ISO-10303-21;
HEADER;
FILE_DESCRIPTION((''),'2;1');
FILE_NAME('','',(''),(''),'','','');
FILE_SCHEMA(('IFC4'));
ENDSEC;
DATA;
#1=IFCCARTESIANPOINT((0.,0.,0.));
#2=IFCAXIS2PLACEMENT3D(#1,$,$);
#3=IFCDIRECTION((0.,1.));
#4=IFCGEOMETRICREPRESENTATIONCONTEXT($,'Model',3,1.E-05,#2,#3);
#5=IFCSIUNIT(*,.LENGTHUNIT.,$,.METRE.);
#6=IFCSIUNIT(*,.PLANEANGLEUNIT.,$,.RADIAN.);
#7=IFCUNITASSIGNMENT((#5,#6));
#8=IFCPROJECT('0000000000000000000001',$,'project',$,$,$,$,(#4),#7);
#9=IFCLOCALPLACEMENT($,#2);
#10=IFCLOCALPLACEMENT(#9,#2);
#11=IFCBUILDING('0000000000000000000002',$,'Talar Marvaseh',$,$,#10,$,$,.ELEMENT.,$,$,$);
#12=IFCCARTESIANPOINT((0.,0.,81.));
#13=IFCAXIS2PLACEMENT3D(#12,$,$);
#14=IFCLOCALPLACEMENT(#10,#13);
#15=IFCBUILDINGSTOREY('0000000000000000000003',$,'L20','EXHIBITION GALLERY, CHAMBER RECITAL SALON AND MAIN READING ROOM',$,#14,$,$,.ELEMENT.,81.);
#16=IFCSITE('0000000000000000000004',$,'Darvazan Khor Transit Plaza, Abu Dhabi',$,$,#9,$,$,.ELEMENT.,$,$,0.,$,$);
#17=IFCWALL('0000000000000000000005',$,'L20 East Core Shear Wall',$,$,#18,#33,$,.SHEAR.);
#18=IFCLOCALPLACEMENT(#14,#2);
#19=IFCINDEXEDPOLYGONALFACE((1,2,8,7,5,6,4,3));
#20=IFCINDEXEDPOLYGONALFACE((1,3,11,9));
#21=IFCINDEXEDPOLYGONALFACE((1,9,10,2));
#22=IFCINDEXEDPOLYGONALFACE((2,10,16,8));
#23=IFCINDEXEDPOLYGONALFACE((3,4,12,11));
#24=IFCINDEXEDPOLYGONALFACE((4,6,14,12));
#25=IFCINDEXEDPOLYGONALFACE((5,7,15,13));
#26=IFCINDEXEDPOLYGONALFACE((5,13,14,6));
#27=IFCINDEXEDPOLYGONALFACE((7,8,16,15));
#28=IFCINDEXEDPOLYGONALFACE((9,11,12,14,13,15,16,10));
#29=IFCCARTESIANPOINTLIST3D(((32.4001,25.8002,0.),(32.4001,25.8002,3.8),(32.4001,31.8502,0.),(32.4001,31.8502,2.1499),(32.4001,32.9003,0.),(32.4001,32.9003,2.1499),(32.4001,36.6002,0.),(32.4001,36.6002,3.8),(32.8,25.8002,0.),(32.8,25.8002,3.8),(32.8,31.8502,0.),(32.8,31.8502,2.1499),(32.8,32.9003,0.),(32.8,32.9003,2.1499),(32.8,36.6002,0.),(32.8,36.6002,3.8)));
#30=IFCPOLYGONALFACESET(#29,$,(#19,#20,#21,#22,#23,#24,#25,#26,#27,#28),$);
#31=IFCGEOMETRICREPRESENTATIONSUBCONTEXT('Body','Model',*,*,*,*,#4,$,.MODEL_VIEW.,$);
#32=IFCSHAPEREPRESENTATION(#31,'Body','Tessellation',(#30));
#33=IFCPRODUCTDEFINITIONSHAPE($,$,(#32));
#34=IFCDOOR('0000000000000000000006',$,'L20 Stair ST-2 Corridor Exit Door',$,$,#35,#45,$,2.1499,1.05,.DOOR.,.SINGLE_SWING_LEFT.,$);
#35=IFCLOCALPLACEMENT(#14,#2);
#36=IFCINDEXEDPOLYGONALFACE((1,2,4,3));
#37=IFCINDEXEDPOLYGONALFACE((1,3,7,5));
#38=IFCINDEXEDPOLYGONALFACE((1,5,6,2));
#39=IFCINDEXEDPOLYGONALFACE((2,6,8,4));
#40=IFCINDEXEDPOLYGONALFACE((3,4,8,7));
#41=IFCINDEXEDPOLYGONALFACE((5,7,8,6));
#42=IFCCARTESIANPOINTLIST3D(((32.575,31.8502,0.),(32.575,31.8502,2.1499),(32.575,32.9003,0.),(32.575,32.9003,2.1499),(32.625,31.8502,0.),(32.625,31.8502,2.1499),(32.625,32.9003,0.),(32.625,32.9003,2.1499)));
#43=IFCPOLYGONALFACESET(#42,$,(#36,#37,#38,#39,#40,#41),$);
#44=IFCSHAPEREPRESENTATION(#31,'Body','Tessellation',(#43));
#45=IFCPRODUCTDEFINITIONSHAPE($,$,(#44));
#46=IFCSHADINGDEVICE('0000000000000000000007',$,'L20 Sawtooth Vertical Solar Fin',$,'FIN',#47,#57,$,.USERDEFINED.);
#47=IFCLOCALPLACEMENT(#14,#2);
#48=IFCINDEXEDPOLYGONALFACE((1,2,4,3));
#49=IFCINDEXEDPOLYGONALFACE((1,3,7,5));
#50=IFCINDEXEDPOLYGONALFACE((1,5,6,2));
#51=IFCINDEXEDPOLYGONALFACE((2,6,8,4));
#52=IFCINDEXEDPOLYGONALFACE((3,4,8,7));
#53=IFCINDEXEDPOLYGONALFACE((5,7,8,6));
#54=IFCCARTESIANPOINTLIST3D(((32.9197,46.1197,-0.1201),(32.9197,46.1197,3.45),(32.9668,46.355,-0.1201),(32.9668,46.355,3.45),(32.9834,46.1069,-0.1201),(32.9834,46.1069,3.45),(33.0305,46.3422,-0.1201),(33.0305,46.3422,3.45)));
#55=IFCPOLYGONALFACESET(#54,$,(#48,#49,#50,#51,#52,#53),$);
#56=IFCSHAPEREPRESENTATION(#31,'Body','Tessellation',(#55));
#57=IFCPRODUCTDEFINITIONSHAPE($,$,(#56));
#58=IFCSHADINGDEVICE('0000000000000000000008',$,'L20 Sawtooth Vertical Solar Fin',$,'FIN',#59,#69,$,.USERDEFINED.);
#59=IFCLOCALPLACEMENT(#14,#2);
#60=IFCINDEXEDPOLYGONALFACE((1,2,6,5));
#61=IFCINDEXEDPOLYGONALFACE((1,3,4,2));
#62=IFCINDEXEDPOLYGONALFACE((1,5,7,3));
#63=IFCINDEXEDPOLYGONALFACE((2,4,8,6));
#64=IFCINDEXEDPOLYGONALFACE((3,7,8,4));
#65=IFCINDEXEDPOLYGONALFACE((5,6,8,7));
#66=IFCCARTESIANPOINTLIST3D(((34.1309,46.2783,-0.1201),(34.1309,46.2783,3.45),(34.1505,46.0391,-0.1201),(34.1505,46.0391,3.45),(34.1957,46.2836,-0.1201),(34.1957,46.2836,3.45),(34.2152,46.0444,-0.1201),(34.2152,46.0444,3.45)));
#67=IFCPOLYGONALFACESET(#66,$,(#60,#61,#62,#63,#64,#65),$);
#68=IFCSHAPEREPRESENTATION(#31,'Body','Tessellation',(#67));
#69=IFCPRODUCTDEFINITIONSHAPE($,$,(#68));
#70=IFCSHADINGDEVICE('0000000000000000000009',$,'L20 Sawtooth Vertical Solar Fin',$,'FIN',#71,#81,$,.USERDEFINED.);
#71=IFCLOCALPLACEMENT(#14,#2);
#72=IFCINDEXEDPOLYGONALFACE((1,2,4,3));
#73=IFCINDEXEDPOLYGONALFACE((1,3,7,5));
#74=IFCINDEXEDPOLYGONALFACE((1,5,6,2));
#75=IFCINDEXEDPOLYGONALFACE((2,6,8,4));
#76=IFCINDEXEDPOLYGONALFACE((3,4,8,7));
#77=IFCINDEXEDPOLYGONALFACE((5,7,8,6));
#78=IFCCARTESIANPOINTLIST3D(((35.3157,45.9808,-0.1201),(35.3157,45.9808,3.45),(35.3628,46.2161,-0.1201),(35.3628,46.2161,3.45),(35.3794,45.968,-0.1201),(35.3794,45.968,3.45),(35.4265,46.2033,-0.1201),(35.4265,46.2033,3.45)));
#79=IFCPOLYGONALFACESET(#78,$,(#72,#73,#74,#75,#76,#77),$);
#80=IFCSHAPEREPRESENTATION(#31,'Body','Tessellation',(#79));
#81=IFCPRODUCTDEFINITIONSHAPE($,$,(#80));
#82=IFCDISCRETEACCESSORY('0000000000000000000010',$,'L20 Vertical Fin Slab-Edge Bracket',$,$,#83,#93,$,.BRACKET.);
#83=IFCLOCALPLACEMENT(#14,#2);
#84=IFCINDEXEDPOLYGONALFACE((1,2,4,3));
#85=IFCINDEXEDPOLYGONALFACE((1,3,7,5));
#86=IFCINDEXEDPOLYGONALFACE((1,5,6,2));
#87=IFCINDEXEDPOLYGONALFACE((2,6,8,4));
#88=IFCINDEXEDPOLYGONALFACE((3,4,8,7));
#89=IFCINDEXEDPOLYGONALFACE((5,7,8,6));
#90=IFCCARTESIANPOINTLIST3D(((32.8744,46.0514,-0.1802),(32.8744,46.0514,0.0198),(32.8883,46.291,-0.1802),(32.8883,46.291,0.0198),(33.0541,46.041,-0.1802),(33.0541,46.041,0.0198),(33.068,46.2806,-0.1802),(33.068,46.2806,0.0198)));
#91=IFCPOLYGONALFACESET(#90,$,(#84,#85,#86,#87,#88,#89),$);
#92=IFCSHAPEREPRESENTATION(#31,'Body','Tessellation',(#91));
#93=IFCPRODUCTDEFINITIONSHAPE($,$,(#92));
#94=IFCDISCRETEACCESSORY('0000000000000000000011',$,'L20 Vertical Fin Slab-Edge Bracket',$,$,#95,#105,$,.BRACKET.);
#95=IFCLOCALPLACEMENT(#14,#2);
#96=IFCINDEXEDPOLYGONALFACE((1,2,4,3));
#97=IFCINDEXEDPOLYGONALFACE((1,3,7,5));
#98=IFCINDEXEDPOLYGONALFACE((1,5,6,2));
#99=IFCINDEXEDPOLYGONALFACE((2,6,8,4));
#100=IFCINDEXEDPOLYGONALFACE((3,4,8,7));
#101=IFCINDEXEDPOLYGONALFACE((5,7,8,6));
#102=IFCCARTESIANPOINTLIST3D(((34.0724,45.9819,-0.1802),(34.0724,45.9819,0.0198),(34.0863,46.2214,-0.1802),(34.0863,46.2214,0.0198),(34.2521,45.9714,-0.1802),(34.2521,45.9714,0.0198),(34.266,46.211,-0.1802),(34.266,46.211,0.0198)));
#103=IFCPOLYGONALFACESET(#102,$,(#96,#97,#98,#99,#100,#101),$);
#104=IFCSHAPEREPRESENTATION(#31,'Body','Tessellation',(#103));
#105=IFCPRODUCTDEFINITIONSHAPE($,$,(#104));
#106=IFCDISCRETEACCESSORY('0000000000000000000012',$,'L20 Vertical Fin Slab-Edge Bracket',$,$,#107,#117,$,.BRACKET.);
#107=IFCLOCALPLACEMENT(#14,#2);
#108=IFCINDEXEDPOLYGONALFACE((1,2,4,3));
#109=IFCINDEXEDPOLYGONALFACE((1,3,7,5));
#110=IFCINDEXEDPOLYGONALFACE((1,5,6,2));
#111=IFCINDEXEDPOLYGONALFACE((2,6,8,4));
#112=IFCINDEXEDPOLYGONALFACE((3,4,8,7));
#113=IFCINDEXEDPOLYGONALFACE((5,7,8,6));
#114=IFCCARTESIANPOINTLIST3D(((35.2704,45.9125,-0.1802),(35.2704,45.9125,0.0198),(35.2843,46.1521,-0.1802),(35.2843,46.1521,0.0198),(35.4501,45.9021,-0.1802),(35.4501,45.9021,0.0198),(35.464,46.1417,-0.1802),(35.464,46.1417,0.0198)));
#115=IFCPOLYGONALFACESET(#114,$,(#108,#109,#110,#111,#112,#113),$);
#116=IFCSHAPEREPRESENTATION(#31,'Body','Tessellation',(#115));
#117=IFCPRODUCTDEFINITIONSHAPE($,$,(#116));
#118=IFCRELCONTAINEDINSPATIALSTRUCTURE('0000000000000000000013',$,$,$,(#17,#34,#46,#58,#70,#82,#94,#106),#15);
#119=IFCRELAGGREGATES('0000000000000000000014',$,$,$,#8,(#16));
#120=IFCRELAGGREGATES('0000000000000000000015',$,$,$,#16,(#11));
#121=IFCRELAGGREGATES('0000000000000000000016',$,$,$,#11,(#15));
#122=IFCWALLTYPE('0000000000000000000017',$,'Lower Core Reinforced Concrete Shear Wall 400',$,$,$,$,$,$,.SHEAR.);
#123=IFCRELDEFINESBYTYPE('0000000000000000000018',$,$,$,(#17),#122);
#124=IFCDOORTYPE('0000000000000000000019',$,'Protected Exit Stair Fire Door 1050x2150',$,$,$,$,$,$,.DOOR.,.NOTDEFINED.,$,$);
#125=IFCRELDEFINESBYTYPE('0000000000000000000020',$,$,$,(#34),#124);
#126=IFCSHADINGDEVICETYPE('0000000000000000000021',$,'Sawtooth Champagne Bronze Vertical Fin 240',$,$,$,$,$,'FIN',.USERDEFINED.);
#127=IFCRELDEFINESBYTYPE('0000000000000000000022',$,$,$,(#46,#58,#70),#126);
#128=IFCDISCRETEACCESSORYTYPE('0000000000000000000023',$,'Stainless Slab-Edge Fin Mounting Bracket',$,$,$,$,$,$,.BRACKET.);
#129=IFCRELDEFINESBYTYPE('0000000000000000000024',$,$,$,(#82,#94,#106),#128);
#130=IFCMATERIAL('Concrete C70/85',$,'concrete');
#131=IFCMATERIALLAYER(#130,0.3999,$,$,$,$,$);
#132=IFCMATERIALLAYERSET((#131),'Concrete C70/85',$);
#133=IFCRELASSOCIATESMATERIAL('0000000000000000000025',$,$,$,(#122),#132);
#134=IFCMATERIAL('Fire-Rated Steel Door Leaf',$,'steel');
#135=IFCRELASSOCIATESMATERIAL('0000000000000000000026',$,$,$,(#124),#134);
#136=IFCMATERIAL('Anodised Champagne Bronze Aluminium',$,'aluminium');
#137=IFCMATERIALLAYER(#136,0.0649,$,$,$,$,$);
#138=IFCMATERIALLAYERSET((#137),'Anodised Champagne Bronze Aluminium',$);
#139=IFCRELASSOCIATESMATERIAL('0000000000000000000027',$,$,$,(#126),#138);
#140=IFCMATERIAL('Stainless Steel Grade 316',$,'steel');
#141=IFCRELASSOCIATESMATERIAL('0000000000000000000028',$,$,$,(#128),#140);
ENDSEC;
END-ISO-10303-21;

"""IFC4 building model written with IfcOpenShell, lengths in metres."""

from ifc_helpers import new_model, si_unit, direction, frame, frame_2d, origin, origin_2d, place, context, subcontext, project, spatial, rectangle, extrude, source, transform, mapped, material, layer, layer_set, type_object, type_shapes, element, fill, save


model = new_model("IFC4")

# Units and contexts
model_context = context("Model", 3, precision=1e-05, world=origin(), true_north=direction((0.0, 1.0)))
body_context = subcontext(model_context, "Body", "Model", "MODEL_VIEW")
ifc_project = project(units=[si_unit("LENGTHUNIT", "METRE"), si_unit("PLANEANGLEUNIT", "RADIAN")], contexts=[model_context])

# Site, building, storey
site_placement = place(None, origin())
site = spatial("IfcSite", under=ifc_project, at=site_placement, Name="Darvazan Khor Transit Plaza, Abu Dhabi", CompositionType="ELEMENT", RefElevation=0.0)
building_placement = place(site_placement, origin())
building = spatial("IfcBuilding", under=site, at=building_placement, Name="Talar Marvaseh", CompositionType="ELEMENT")
storey_placement = place(building_placement, frame((0.0, 0.0, 81.0)))
storey = spatial("IfcBuildingStorey", under=building, at=storey_placement, Name="L20", Description="EXHIBITION GALLERY, CHAMBER RECITAL SALON AND MAIN READING ROOM", CompositionType="ELEMENT", Elevation=81.0)

# Shared definitions
ifc_material_1 = material(Name="Concrete C70/85", Category="concrete")

# Wall, opening, door
ifc_layer_1 = layer(ifc_material_1, 0.3999)
ifc_layer_set_1 = layer_set([ifc_layer_1], Name="Concrete C70/85")
wall_type_1 = type_object("IfcWallType", Name="Lower Core Reinforced Concrete Shear Wall 400", PredefinedType="SHEAR", material=ifc_layer_set_1)
wall_1_placement = place(storey_placement, frame((32.6001, 36.6001, 0.0), z_axis=(0.0, 0.0, 1.0), x_axis=(0.0, -1.0, 0.0)))
wall_1 = element("IfcWall", 1, at=wall_1_placement, inside=storey, type_object=wall_type_1, Name="L20 East Core Shear Wall", PredefinedType="SHEAR", context=body_context, shape_type="SweptSolid", body=[
    extrude(rectangle(XDim=10.8, YDim=0.3999, at=frame_2d((5.3999, 0.0))), origin(), (0.0, 0.0, 1.0), 3.8),
])
opening_1_placement = place(wall_1_placement, frame((3.7, 0.0, 0.0)))
opening_1 = element("IfcOpeningElement", 2, at=opening_1_placement, cuts=wall_1, PredefinedType="OPENING", context=body_context, shape_type="SweptSolid", body=[
    extrude(rectangle(XDim=1.05, YDim=2.1499, at=frame_2d((0.5249, 1.075))), frame((0.0, 0.21, 0.0), z_axis=(0.0, -1.0, 0.0), x_axis=(1.0, 0.0, 0.0)), (0.0, 0.0, 1.0), 0.4199),
])
ifc_material_2 = material(Name="Fire-Rated Steel Door Leaf", Category="steel")
door_type_1 = type_object("IfcDoorType", Name="Protected Exit Stair Fire Door 1050x2150", OperationType="NOTDEFINED", PredefinedType="DOOR", material=ifc_material_2)
shared_shape_1 = source(origin(), body_context, "Body", "SweptSolid", [
    extrude(rectangle(XDim=1.05, YDim=2.1499, at=frame_2d((0.5249, 1.075))), frame((0.0, 0.0249, 0.0), z_axis=(0.0, -1.0, 0.0), x_axis=(1.0, 0.0, 0.0)), (0.0, 0.0, 1.0), 0.05),
])
type_shapes(door_type_1, [shared_shape_1])
door_1_placement = place(opening_1_placement, origin())
door_1 = element("IfcDoor", 3, at=door_1_placement, inside=storey, type_object=door_type_1, Name="L20 Stair ST-2 Corridor Exit Door", OperationType="SINGLE_SWING_LEFT", OverallHeight=2.1499, OverallWidth=1.05, PredefinedType="DOOR", context=body_context, shape_type="MappedRepresentation", body=[
    mapped(shared_shape_1, transform((0.0, 0.0, 0.0), x_axis=(1.0, 0.0, 0.0), y_axis=(0.0, 1.0, 0.0), z_axis=(0.0, 0.0, 1.0), scale=1.0)),
])
fill(opening_1, door_1)

# Shading devices
ifc_material_3 = material(Name="Anodised Champagne Bronze Aluminium", Category="aluminium")
ifc_layer_2 = layer(ifc_material_3, 0.0649)
ifc_layer_set_2 = layer_set([ifc_layer_2], Name="Anodised Champagne Bronze Aluminium")
shading_device_type = type_object("IfcShadingDeviceType", Name="Sawtooth Champagne Bronze Vertical Fin 240", ElementType="FIN", PredefinedType="USERDEFINED", material=ifc_layer_set_2)
shared_shape_2 = source(origin(), body_context, "Body", "SweptSolid", [
    extrude(rectangle(XDim=0.24, YDim=0.0649, at=origin_2d()), origin(), (0.0, 0.0, 1.0), 3.5701),
])
type_shapes(shading_device_type, [shared_shape_2])
for number, where, z_axis, x_axis, name in (
    (4, (32.9751, 46.231, -0.1201), (0.0, 0.0, 1.0), (0.196288, 0.980546, 0.0), "L20 Sawtooth Vertical Solar Fin"),
    (5, (34.1731, 46.1614, -0.1201), (0.0, 0.0, 1.0), (-0.081591, 0.996666, 0.0), "L20 Sawtooth Vertical Solar Fin"),
    (6, (35.3711, 46.092, -0.1201), (0.0, 0.0, 1.0), (0.196288, 0.980546, 0.0), "L20 Sawtooth Vertical Solar Fin"),
):
    element("IfcShadingDevice", number, at=place(storey_placement, frame(where, z_axis=z_axis, x_axis=x_axis)), inside=storey, type_object=shading_device_type, Name=name, ObjectType="FIN", PredefinedType="USERDEFINED", context=body_context, shape_type="MappedRepresentation", body=[
        mapped(shared_shape_2, transform((0.0, 0.0, 0.0), x_axis=(1.0, 0.0, 0.0), y_axis=(0.0, 1.0, 0.0), z_axis=(0.0, 0.0, 1.0), scale=1.0)),
    ])

# Discrete accessories
ifc_material_4 = material(Name="Stainless Steel Grade 316", Category="steel")
discrete_accessory_type = type_object("IfcDiscreteAccessoryType", Name="Stainless Slab-Edge Fin Mounting Bracket", PredefinedType="BRACKET", material=ifc_material_4)
shared_shape_3 = source(origin(), body_context, "Body", "SweptSolid", [
    extrude(rectangle(XDim=0.24, YDim=0.1799, at=origin_2d()), origin(), (0.0, 0.0, 1.0), 0.2),
])
type_shapes(discrete_accessory_type, [shared_shape_3])
for number, where, z_axis, x_axis, name in (
    (7, (32.9712, 46.166, -0.1802), (0.0, 0.0, 1.0), (0.057913, 0.998322, 0.0), "L20 Vertical Fin Slab-Edge Bracket"),
    (8, (34.1692, 46.0964, -0.1802), (0.0, 0.0, 1.0), (0.057913, 0.998322, 0.0), "L20 Vertical Fin Slab-Edge Bracket"),
    (9, (35.3672, 46.0271, -0.1802), (0.0, 0.0, 1.0), (0.057913, 0.998322, 0.0), "L20 Vertical Fin Slab-Edge Bracket"),
):
    element("IfcDiscreteAccessory", number, at=place(storey_placement, frame(where, z_axis=z_axis, x_axis=x_axis)), inside=storey, type_object=discrete_accessory_type, Name=name, PredefinedType="BRACKET", context=body_context, shape_type="MappedRepresentation", body=[
        mapped(shared_shape_3, transform((0.0, 0.0, 0.0), x_axis=(1.0, 0.0, 0.0), y_axis=(0.0, 1.0, 0.0), z_axis=(0.0, 0.0, 1.0), scale=1.0)),
    ])

save(model, "model.ifc")
